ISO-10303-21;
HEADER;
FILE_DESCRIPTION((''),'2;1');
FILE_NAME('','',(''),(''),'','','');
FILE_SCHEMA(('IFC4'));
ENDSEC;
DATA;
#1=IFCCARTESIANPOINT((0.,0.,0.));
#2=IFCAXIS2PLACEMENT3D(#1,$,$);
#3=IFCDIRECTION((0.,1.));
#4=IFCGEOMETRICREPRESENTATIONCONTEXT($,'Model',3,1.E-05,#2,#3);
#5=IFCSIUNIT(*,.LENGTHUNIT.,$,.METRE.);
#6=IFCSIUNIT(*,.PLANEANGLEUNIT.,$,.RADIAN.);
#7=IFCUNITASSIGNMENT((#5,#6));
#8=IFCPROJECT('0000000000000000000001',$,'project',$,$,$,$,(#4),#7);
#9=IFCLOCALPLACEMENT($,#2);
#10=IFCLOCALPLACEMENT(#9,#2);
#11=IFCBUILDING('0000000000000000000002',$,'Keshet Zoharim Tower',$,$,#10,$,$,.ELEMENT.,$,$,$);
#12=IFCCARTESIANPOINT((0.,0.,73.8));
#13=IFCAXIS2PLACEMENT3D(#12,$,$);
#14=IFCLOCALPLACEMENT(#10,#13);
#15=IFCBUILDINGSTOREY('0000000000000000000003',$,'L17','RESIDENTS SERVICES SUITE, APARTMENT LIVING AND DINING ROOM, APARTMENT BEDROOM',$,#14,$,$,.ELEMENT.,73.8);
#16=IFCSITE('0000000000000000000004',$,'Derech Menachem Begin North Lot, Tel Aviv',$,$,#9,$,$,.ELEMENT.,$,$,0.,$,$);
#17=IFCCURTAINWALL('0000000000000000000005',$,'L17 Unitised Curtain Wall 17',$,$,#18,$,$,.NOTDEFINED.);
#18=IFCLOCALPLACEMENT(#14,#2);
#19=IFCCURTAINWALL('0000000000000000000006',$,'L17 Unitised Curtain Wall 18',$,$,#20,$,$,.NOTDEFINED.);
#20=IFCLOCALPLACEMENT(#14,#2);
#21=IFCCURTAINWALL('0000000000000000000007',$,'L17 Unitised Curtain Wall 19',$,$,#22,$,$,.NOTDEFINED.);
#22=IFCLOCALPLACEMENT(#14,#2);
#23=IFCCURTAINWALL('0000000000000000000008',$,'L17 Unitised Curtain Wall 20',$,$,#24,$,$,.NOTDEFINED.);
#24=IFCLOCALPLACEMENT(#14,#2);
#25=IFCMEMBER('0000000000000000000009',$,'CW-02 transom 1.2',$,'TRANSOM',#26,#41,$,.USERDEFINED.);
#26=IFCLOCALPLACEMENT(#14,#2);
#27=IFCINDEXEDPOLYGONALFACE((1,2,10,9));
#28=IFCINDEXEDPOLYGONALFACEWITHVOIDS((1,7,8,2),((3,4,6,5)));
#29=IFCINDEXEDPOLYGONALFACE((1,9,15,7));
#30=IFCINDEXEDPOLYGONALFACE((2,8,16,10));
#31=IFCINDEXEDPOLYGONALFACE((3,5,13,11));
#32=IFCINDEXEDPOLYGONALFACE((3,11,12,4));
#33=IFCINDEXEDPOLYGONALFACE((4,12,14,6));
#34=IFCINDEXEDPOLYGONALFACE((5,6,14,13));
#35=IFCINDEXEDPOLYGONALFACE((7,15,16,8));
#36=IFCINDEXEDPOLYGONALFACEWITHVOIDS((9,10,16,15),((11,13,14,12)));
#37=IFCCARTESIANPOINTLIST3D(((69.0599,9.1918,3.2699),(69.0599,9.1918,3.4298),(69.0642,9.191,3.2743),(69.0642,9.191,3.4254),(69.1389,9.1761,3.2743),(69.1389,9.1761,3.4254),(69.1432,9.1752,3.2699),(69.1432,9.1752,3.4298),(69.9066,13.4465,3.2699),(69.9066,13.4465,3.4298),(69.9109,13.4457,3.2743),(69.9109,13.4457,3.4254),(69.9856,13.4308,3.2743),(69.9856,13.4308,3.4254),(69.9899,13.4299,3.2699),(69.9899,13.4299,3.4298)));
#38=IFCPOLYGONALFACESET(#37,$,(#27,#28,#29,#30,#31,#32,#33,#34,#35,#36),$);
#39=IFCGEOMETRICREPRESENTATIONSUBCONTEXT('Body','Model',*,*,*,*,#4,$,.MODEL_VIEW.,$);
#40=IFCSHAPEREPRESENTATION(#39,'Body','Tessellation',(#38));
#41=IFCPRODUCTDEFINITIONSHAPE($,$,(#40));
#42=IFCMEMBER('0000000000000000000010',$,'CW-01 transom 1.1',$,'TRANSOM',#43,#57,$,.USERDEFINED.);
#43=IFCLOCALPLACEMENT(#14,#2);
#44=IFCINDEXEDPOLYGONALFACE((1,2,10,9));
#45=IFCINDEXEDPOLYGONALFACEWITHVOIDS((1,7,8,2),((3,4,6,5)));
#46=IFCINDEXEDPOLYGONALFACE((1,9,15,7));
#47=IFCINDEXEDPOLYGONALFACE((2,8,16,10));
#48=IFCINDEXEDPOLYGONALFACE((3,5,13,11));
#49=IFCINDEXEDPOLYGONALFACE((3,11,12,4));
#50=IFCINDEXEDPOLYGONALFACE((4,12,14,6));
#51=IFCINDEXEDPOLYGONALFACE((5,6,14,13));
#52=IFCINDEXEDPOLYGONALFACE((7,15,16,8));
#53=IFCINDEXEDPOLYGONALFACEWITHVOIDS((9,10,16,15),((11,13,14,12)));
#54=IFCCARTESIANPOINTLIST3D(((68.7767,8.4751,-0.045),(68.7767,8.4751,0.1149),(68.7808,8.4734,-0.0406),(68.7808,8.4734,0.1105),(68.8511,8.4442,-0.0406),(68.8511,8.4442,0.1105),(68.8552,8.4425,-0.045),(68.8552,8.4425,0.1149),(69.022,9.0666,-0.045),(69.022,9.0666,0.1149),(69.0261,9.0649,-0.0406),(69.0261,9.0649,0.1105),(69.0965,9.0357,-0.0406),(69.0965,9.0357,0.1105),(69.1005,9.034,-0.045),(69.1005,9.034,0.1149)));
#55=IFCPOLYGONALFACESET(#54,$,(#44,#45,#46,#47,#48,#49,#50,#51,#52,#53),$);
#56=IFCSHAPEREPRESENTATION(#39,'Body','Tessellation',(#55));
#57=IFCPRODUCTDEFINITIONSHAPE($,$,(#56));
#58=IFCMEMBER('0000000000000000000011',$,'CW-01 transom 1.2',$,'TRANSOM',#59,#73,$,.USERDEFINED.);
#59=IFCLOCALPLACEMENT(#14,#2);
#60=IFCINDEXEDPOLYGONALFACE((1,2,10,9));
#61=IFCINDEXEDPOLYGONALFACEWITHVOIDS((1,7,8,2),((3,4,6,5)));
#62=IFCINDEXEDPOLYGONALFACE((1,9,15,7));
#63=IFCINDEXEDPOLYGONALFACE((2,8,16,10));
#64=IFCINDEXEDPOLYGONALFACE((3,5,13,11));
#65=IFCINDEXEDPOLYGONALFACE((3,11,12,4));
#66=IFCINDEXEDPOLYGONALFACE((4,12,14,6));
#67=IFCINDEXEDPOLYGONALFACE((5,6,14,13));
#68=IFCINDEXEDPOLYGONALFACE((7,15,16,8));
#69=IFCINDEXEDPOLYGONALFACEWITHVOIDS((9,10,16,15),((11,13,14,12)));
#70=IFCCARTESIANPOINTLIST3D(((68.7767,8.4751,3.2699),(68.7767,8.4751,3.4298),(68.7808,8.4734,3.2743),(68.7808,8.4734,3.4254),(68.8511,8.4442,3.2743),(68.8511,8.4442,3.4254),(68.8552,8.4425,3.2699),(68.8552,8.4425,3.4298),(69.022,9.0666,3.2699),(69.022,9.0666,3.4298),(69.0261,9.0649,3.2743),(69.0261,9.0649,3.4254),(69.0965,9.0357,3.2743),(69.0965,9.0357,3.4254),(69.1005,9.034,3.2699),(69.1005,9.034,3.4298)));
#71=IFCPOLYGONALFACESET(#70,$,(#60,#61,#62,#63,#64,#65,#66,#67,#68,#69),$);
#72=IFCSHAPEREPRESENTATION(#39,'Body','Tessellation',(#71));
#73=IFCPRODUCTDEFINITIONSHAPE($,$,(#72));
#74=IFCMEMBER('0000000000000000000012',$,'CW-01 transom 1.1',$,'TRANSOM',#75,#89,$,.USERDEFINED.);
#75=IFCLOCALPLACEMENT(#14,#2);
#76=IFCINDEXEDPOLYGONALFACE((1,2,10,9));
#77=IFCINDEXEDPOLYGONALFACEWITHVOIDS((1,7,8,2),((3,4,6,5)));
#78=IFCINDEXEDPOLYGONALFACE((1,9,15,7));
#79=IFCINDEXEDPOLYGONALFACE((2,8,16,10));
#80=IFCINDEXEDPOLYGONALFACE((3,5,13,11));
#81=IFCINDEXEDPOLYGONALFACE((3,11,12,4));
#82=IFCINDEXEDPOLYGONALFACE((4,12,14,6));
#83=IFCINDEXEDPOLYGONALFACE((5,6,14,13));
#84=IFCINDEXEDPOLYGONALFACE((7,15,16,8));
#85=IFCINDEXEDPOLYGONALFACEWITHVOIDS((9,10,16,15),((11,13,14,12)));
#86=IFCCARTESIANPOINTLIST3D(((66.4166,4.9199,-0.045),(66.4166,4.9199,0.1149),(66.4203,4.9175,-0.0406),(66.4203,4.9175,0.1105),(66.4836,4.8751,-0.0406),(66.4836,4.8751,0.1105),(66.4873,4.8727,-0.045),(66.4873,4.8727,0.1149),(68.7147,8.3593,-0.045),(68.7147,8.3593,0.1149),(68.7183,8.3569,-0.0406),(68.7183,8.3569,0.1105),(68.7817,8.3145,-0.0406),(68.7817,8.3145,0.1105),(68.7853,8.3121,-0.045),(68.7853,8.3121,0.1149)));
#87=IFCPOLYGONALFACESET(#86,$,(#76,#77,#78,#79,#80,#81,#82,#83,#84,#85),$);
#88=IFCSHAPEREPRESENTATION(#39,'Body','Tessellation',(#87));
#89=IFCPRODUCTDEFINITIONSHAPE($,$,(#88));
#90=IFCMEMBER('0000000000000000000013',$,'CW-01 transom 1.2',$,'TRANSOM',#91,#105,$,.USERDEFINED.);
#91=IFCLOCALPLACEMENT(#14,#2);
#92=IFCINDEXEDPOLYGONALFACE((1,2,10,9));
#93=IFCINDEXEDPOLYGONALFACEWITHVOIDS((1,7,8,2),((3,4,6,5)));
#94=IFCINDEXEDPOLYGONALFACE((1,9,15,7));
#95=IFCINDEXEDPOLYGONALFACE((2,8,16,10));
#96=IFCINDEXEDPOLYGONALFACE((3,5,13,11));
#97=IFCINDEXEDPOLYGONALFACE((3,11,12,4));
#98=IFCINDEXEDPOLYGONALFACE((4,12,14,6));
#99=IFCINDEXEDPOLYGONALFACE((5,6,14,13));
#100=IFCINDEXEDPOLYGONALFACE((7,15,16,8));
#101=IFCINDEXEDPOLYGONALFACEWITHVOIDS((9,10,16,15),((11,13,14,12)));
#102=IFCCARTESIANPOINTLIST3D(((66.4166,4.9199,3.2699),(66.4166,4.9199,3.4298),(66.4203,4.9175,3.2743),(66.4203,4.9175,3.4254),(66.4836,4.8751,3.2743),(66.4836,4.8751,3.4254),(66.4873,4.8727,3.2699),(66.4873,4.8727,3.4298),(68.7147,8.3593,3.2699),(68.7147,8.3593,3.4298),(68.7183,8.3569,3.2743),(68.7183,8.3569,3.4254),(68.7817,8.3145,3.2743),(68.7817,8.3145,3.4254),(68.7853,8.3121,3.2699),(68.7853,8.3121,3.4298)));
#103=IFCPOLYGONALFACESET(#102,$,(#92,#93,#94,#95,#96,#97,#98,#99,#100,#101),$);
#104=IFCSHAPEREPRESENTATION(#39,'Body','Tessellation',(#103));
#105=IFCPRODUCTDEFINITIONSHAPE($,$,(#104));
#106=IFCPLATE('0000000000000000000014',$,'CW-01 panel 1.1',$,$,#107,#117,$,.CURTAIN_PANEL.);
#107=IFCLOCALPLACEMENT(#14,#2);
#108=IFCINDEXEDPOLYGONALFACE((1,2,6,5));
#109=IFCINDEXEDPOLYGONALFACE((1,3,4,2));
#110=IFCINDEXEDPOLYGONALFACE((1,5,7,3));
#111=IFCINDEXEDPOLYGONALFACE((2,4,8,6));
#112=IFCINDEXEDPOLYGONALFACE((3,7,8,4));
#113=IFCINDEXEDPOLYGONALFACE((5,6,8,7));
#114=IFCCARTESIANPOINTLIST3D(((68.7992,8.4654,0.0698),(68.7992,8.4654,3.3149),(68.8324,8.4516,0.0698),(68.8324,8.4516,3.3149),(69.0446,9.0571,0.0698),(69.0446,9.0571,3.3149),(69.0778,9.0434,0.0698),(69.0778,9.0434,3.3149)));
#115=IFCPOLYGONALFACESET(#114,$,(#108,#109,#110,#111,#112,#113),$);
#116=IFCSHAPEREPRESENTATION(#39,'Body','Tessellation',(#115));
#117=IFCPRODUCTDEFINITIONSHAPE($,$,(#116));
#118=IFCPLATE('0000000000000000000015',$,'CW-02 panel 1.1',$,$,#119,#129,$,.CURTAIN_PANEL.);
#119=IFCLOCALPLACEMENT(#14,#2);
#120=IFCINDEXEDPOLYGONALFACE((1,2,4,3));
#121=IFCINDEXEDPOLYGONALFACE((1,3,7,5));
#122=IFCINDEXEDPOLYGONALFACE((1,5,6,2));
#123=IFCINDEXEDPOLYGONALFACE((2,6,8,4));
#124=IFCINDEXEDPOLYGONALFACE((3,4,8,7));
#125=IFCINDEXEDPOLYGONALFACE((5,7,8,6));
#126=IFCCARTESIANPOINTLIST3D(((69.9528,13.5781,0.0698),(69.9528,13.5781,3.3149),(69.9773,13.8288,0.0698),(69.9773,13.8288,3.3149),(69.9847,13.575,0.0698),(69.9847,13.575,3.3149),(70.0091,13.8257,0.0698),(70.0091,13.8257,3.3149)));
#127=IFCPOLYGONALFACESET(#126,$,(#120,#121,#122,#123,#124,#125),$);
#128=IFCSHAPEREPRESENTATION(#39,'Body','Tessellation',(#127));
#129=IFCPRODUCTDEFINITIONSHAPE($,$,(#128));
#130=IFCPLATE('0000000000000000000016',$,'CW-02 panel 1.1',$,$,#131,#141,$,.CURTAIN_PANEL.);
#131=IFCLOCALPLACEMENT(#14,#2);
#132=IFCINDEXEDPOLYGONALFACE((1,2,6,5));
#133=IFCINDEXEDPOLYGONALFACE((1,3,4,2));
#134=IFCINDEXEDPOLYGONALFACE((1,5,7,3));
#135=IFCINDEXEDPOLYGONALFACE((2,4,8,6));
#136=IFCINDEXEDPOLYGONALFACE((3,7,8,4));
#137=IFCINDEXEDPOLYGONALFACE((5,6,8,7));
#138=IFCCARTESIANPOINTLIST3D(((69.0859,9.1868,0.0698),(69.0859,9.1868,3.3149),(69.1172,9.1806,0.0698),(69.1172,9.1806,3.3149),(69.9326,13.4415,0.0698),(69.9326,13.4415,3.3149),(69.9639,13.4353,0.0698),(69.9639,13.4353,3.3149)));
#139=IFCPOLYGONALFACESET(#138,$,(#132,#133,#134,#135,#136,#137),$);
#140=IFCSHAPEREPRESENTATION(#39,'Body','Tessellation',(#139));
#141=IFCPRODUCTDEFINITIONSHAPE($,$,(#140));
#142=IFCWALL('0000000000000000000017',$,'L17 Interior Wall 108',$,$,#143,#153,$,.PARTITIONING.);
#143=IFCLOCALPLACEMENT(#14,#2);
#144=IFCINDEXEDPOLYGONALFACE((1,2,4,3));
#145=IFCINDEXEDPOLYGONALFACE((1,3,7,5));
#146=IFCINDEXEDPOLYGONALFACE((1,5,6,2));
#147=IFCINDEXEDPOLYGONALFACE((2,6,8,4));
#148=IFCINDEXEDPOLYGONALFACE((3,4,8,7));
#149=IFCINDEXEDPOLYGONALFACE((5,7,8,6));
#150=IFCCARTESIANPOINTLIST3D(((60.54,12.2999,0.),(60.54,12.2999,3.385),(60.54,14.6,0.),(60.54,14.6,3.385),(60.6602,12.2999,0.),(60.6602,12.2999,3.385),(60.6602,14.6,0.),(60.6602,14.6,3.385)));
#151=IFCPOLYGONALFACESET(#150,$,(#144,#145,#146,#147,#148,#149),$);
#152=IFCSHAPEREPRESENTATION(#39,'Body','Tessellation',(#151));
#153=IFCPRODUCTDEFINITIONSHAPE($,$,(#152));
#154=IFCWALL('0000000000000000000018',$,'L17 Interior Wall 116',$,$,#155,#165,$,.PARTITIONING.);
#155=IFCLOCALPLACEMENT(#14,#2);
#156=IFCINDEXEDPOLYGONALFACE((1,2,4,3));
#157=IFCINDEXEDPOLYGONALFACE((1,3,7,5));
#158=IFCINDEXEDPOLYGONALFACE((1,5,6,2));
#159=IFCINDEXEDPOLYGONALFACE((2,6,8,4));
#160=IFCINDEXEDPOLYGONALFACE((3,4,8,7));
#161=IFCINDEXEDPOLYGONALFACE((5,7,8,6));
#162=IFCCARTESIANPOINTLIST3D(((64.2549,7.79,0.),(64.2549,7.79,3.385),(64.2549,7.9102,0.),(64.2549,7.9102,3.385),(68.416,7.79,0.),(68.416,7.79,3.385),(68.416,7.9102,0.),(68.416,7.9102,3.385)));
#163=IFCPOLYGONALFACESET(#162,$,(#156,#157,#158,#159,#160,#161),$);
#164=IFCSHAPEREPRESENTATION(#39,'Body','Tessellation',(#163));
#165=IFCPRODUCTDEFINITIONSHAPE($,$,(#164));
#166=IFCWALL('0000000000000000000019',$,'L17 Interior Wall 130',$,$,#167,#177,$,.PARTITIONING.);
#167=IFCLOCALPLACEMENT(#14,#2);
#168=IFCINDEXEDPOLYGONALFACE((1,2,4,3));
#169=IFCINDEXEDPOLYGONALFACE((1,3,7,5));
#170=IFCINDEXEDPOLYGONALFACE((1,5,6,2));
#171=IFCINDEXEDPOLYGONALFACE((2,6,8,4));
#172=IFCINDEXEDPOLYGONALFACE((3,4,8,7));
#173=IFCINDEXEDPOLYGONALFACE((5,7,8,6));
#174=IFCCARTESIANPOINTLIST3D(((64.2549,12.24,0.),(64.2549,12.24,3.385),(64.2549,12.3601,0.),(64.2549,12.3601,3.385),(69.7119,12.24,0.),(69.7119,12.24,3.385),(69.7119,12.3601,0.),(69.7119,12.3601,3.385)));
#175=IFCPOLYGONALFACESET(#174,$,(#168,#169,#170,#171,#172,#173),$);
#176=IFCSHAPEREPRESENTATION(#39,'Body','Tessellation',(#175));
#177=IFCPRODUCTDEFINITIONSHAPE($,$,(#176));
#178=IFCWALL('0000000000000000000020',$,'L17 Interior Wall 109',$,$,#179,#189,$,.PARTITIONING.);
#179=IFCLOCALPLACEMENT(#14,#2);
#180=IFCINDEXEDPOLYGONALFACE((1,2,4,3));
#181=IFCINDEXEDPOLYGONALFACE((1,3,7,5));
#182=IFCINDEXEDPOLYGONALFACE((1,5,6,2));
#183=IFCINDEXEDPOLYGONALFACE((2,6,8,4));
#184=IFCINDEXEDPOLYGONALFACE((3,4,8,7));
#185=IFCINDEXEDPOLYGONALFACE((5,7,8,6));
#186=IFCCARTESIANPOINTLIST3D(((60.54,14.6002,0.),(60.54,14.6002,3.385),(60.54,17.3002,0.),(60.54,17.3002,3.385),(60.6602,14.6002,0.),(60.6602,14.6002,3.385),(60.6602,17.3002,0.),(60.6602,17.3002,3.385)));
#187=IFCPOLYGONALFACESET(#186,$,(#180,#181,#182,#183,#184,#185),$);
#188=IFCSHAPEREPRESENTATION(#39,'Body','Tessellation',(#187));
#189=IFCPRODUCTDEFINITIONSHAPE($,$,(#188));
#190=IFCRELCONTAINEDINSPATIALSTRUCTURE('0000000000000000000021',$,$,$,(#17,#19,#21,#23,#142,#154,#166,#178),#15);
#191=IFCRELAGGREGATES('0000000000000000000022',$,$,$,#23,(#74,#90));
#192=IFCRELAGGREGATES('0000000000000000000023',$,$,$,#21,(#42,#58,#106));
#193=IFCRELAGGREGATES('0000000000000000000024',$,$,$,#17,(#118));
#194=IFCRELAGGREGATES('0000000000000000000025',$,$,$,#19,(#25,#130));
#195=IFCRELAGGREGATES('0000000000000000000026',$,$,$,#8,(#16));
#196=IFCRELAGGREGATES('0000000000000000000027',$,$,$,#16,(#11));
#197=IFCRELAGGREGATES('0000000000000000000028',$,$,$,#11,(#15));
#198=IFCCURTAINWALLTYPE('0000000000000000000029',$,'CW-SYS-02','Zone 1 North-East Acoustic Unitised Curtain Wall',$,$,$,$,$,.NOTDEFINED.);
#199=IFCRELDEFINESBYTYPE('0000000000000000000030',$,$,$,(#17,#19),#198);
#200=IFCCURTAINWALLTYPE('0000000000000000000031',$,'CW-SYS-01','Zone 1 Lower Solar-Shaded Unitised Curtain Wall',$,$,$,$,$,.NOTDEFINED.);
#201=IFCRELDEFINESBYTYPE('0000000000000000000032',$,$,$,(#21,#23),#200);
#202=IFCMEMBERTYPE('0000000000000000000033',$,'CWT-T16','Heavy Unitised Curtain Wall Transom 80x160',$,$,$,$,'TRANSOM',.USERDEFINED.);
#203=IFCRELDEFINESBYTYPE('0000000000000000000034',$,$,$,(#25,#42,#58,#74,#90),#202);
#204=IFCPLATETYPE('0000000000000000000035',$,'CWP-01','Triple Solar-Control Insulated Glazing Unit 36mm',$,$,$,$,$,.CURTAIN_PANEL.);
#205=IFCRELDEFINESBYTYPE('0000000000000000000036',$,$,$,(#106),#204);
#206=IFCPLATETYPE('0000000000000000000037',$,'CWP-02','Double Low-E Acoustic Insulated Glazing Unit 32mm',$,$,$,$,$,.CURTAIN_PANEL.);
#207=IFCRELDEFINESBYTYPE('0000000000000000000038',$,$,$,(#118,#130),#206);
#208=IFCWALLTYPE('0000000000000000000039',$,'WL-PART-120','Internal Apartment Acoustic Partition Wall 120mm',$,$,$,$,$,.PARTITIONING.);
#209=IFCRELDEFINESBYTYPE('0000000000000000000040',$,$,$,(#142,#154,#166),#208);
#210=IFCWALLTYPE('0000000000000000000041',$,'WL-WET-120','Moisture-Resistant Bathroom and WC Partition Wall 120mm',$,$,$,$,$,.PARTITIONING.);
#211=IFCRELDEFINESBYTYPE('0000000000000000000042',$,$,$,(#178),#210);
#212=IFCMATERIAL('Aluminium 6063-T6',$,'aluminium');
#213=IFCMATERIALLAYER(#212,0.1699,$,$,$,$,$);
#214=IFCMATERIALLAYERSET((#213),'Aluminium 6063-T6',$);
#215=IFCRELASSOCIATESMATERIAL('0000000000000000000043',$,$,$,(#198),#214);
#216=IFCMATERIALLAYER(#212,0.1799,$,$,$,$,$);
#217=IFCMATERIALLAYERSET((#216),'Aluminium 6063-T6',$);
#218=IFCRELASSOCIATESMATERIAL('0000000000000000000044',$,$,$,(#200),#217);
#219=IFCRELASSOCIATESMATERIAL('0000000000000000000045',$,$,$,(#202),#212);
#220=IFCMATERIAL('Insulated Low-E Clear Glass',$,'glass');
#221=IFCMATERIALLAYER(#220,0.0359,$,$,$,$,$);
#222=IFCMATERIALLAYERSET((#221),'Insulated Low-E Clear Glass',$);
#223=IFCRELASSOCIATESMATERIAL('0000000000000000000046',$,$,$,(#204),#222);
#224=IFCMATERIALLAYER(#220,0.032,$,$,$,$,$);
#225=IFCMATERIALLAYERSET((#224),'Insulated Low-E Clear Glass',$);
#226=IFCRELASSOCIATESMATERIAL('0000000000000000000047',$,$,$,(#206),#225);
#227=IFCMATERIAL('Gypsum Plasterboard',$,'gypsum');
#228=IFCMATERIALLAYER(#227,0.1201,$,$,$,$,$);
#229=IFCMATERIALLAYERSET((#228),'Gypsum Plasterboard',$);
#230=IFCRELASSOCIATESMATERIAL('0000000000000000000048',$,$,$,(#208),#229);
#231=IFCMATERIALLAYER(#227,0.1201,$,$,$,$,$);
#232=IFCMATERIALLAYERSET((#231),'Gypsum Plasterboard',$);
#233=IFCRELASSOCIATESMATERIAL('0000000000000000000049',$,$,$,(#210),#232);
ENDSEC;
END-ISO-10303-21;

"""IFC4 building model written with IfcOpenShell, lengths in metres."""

from ifc_helpers import new_model, si_unit, direction, frame, frame_2d, origin, origin_2d, place, context, subcontext, project, spatial, rectangle, hollow_rectangle, extrude, material, layer, layer_set, material_profile, profile_set, type_object, element, aggregate, save


model = new_model("IFC4")

# Units and contexts
model_context = context("Model", 3, precision=1e-05, world=origin(), true_north=direction((0.0, 1.0)))
body_context = subcontext(model_context, "Body", "Model", "MODEL_VIEW")
ifc_project = project(units=[si_unit("LENGTHUNIT", "METRE"), si_unit("PLANEANGLEUNIT", "RADIAN")], contexts=[model_context])

# Site, building, storey
site_placement = place(None, origin())
site = spatial("IfcSite", under=ifc_project, at=site_placement, Name="Derech Menachem Begin North Lot, Tel Aviv", CompositionType="ELEMENT", RefElevation=0.0)
building_placement = place(site_placement, origin())
building = spatial("IfcBuilding", under=site, at=building_placement, Name="Keshet Zoharim Tower", CompositionType="ELEMENT")
storey_placement = place(building_placement, frame((0.0, 0.0, 73.8)))
storey = spatial("IfcBuildingStorey", under=building, at=storey_placement, Name="L17", Description="RESIDENTS SERVICES SUITE, APARTMENT LIVING AND DINING ROOM, APARTMENT BEDROOM", CompositionType="ELEMENT", Elevation=73.8)

# Shared definitions
ifc_material_1 = material(Name="Aluminium 6063-T6", Category="aluminium")
ifc_layer_1 = layer(ifc_material_1, 0.1699)
ifc_layer_set_1 = layer_set([ifc_layer_1], Name="Aluminium 6063-T6")
curtain_wall_type_1 = type_object("IfcCurtainWallType", Name="CW-SYS-02", Description="Zone 1 North-East Acoustic Unitised Curtain Wall", PredefinedType="NOTDEFINED", material=ifc_layer_set_1)

# Curtain walls
curtain_wall_1_placement = place(storey_placement, origin())
curtain_wall_1 = element("IfcCurtainWall", 1, at=curtain_wall_1_placement, inside=storey, type_object=curtain_wall_type_1, Name="L17 Unitised Curtain Wall 17", PredefinedType="NOTDEFINED")
curtain_wall_2_placement = place(storey_placement, origin())
curtain_wall_2 = element("IfcCurtainWall", 2, at=curtain_wall_2_placement, inside=storey, type_object=curtain_wall_type_1, Name="L17 Unitised Curtain Wall 18", PredefinedType="NOTDEFINED")
ifc_layer_2 = layer(ifc_material_1, 0.1799)
ifc_layer_set_2 = layer_set([ifc_layer_2], Name="Aluminium 6063-T6")
curtain_wall_type_2 = type_object("IfcCurtainWallType", Name="CW-SYS-01", Description="Zone 1 Lower Solar-Shaded Unitised Curtain Wall", PredefinedType="NOTDEFINED", material=ifc_layer_set_2)
curtain_wall_3_placement = place(storey_placement, origin())
curtain_wall_3 = element("IfcCurtainWall", 3, at=curtain_wall_3_placement, inside=storey, type_object=curtain_wall_type_2, Name="L17 Unitised Curtain Wall 19", PredefinedType="NOTDEFINED")

# Curtain wall
curtain_wall_4_placement = place(storey_placement, origin())
curtain_wall_4 = element("IfcCurtainWall", 4, at=curtain_wall_4_placement, inside=storey, type_object=curtain_wall_type_2, Name="L17 Unitised Curtain Wall 20", PredefinedType="NOTDEFINED")

# Members
ifc_material_profile_1 = material_profile(ifc_material_1, hollow_rectangle(XDim=0.085, YDim=0.1599, WallThickness=0.0044, at=origin_2d()), Name="TRN-85x160")
ifc_profile_set_1 = profile_set([ifc_material_profile_1], Name="Aluminium 6063-T6")
member_type_1 = type_object("IfcMemberType", Name="CWT-T16", Description="Heavy Unitised Curtain Wall Transom 80x160", ElementType="TRANSOM", PredefinedType="USERDEFINED", material=ifc_profile_set_1)
member_1_placement = place(storey_placement, frame((69.9482, 13.4382, 3.3499), z_axis=(-0.195174, -0.980769, 0.0), x_axis=(0.980769, -0.195174, 0.0)))
member_1 = element("IfcMember", 5, at=member_1_placement, type_object=member_type_1, Name="CW-02 transom 1.2", ObjectType="TRANSOM", PredefinedType="USERDEFINED", context=body_context, shape_type="SweptSolid", body=[
    extrude(hollow_rectangle(XDim=0.085, YDim=0.1599, WallThickness=0.0044, at=origin_2d()), origin(), (0.0, 0.0, 1.0), 4.3381),
])
member_2_placement = place(storey_placement, frame((69.0613, 9.0503, 0.0349), z_axis=(-0.383126, -0.923696, 0.0), x_axis=(0.923696, -0.383126, 0.0)))
member_2 = element("IfcMember", 6, at=member_2_placement, type_object=member_type_1, Name="CW-01 transom 1.1", ObjectType="TRANSOM", PredefinedType="USERDEFINED", context=body_context, shape_type="SweptSolid", body=[
    extrude(hollow_rectangle(XDim=0.085, YDim=0.1599, WallThickness=0.0044, at=origin_2d()), origin(), (0.0, 0.0, 1.0), 0.6404),
])
member_3_placement = place(storey_placement, frame((69.0613, 9.0503, 3.3499), z_axis=(-0.383126, -0.923696, 0.0), x_axis=(0.923696, -0.383126, 0.0)))
member_3 = element("IfcMember", 7, at=member_3_placement, type_object=member_type_1, Name="CW-01 transom 1.2", ObjectType="TRANSOM", PredefinedType="USERDEFINED", context=body_context, shape_type="SweptSolid", body=[
    extrude(hollow_rectangle(XDim=0.085, YDim=0.1599, WallThickness=0.0044, at=origin_2d()), origin(), (0.0, 0.0, 1.0), 0.6404),
])
member_4_placement = place(storey_placement, frame((68.75, 8.3357, 0.0349), z_axis=(-0.555558, -0.831478, 0.0), x_axis=(0.831478, -0.555558, 0.0)))
member_4 = element("IfcMember", 8, at=member_4_placement, type_object=member_type_1, Name="CW-01 transom 1.1", ObjectType="TRANSOM", PredefinedType="USERDEFINED", context=body_context, shape_type="SweptSolid", body=[
    extrude(hollow_rectangle(XDim=0.085, YDim=0.1599, WallThickness=0.0044, at=origin_2d()), origin(), (0.0, 0.0, 1.0), 4.1365),
])
member_5_placement = place(storey_placement, frame((68.75, 8.3357, 3.3499), z_axis=(-0.555558, -0.831478, 0.0), x_axis=(0.831478, -0.555558, 0.0)))
member_5 = element("IfcMember", 9, at=member_5_placement, type_object=member_type_1, Name="CW-01 transom 1.2", ObjectType="TRANSOM", PredefinedType="USERDEFINED", context=body_context, shape_type="SweptSolid", body=[
    extrude(hollow_rectangle(XDim=0.085, YDim=0.1599, WallThickness=0.0044, at=origin_2d()), origin(), (0.0, 0.0, 1.0), 4.1365),
])
aggregate(curtain_wall_4, [member_4, member_5])

# Plates
ifc_material_2 = material(Name="Insulated Low-E Clear Glass", Category="glass")
ifc_layer_3 = layer(ifc_material_2, 0.0359)
ifc_layer_set_3 = layer_set([ifc_layer_3], Name="Insulated Low-E Clear Glass")
plate_type_1 = type_object("IfcPlateType", Name="CWP-01", Description="Triple Solar-Control Insulated Glazing Unit 36mm", PredefinedType="CURTAIN_PANEL", material=ifc_layer_set_3)
plate_1_placement = place(storey_placement, frame((68.9385, 8.7544, 0.0698), z_axis=(0.0, 0.0, 1.0), x_axis=(-0.383068, -0.92372, 0.0)))
plate_1 = element("IfcPlate", 10, at=plate_1_placement, type_object=plate_type_1, Name="CW-01 panel 1.1", PredefinedType="CURTAIN_PANEL", context=body_context, shape_type="SweptSolid", body=[
    extrude(rectangle(XDim=0.6406, YDim=0.0359, at=origin_2d()), origin(), (0.0, 0.0, 1.0), 3.2451),
])
aggregate(curtain_wall_3, [member_2, member_3, plate_1])
ifc_layer_4 = layer(ifc_material_2, 0.032)
ifc_layer_set_4 = layer_set([ifc_layer_4], Name="Insulated Low-E Clear Glass")
plate_type_2 = type_object("IfcPlateType", Name="CWP-02", Description="Double Low-E Acoustic Insulated Glazing Unit 32mm", PredefinedType="CURTAIN_PANEL", material=ifc_layer_set_4)
plate_2_placement = place(storey_placement, frame((69.981, 13.7019, 0.0698), z_axis=(0.0, 0.0, 1.0), x_axis=(-0.096977, -0.995287, 0.0)))
plate_2 = element("IfcPlate", 11, at=plate_2_placement, type_object=plate_type_2, Name="CW-02 panel 1.1", PredefinedType="CURTAIN_PANEL", context=body_context, shape_type="SweptSolid", body=[
    extrude(rectangle(XDim=0.252, YDim=0.032, at=origin_2d()), origin(), (0.0, 0.0, 1.0), 3.2451),
])
aggregate(curtain_wall_1, [plate_2])
plate_3_placement = place(storey_placement, frame((69.5249, 11.311, 0.0698), z_axis=(0.0, 0.0, 1.0), x_axis=(-0.195171, -0.980769, 0.0)))
plate_3 = element("IfcPlate", 12, at=plate_3_placement, type_object=plate_type_2, Name="CW-02 panel 1.1", PredefinedType="CURTAIN_PANEL", context=body_context, shape_type="SweptSolid", body=[
    extrude(rectangle(XDim=4.3381, YDim=0.032, at=origin_2d()), origin(), (0.0, 0.0, 1.0), 3.2451),
])
aggregate(curtain_wall_2, [member_1, plate_3])

# Wall
ifc_material_3 = material(Name="Gypsum Plasterboard", Category="gypsum")
ifc_layer_5 = layer(ifc_material_3, 0.1201)
ifc_layer_set_5 = layer_set([ifc_layer_5], Name="Gypsum Plasterboard")
wall_type_1 = type_object("IfcWallType", Name="WL-PART-120", Description="Internal Apartment Acoustic Partition Wall 120mm", PredefinedType="PARTITIONING", material=ifc_layer_set_5)
wall_1_placement = place(storey_placement, frame((60.6001, 12.3, 0.0), z_axis=(0.0, 0.0, 1.0), x_axis=(0.0, 1.0, 0.0)))
element("IfcWall", 13, at=wall_1_placement, inside=storey, type_object=wall_type_1, Name="L17 Interior Wall 108", PredefinedType="PARTITIONING", context=body_context, shape_type="SweptSolid", body=[
    extrude(rectangle(XDim=2.3, YDim=0.1201, at=frame_2d((1.1499, 0.0))), origin(), (0.0, 0.0, 1.0), 3.385),
])

# Walls
wall_2_placement = place(storey_placement, frame((64.2549, 7.8501, 0.0), z_axis=(0.0, 0.0, 1.0), x_axis=(1.0, 0.0, 0.0)))
element("IfcWall", 14, at=wall_2_placement, inside=storey, type_object=wall_type_1, Name="L17 Interior Wall 116", PredefinedType="PARTITIONING", context=body_context, shape_type="SweptSolid", body=[
    extrude(rectangle(XDim=4.1611, YDim=0.1201, at=frame_2d((2.0806, 0.0))), origin(), (0.0, 0.0, 1.0), 3.385),
])
wall_3_placement = place(storey_placement, frame((64.2549, 12.3, 0.0), z_axis=(0.0, 0.0, 1.0), x_axis=(1.0, 0.0, 0.0)))
element("IfcWall", 15, at=wall_3_placement, inside=storey, type_object=wall_type_1, Name="L17 Interior Wall 130", PredefinedType="PARTITIONING", context=body_context, shape_type="SweptSolid", body=[
    extrude(rectangle(XDim=5.457, YDim=0.1201, at=frame_2d((2.7285, 0.0))), origin(), (0.0, 0.0, 1.0), 3.385),
])
ifc_layer_6 = layer(ifc_material_3, 0.1201)
ifc_layer_set_6 = layer_set([ifc_layer_6], Name="Gypsum Plasterboard")
wall_type_2 = type_object("IfcWallType", Name="WL-WET-120", Description="Moisture-Resistant Bathroom and WC Partition Wall 120mm", PredefinedType="PARTITIONING", material=ifc_layer_set_6)
wall_4_placement = place(storey_placement, frame((60.6001, 14.6001, 0.0), z_axis=(0.0, 0.0, 1.0), x_axis=(0.0, 1.0, 0.0)))
element("IfcWall", 16, at=wall_4_placement, inside=storey, type_object=wall_type_2, Name="L17 Interior Wall 109", PredefinedType="PARTITIONING", context=body_context, shape_type="SweptSolid", body=[
    extrude(rectangle(XDim=2.7, YDim=0.1201, at=frame_2d((1.3501, 0.0))), origin(), (0.0, 0.0, 1.0), 3.385),
])

save(model, "model.ifc")
